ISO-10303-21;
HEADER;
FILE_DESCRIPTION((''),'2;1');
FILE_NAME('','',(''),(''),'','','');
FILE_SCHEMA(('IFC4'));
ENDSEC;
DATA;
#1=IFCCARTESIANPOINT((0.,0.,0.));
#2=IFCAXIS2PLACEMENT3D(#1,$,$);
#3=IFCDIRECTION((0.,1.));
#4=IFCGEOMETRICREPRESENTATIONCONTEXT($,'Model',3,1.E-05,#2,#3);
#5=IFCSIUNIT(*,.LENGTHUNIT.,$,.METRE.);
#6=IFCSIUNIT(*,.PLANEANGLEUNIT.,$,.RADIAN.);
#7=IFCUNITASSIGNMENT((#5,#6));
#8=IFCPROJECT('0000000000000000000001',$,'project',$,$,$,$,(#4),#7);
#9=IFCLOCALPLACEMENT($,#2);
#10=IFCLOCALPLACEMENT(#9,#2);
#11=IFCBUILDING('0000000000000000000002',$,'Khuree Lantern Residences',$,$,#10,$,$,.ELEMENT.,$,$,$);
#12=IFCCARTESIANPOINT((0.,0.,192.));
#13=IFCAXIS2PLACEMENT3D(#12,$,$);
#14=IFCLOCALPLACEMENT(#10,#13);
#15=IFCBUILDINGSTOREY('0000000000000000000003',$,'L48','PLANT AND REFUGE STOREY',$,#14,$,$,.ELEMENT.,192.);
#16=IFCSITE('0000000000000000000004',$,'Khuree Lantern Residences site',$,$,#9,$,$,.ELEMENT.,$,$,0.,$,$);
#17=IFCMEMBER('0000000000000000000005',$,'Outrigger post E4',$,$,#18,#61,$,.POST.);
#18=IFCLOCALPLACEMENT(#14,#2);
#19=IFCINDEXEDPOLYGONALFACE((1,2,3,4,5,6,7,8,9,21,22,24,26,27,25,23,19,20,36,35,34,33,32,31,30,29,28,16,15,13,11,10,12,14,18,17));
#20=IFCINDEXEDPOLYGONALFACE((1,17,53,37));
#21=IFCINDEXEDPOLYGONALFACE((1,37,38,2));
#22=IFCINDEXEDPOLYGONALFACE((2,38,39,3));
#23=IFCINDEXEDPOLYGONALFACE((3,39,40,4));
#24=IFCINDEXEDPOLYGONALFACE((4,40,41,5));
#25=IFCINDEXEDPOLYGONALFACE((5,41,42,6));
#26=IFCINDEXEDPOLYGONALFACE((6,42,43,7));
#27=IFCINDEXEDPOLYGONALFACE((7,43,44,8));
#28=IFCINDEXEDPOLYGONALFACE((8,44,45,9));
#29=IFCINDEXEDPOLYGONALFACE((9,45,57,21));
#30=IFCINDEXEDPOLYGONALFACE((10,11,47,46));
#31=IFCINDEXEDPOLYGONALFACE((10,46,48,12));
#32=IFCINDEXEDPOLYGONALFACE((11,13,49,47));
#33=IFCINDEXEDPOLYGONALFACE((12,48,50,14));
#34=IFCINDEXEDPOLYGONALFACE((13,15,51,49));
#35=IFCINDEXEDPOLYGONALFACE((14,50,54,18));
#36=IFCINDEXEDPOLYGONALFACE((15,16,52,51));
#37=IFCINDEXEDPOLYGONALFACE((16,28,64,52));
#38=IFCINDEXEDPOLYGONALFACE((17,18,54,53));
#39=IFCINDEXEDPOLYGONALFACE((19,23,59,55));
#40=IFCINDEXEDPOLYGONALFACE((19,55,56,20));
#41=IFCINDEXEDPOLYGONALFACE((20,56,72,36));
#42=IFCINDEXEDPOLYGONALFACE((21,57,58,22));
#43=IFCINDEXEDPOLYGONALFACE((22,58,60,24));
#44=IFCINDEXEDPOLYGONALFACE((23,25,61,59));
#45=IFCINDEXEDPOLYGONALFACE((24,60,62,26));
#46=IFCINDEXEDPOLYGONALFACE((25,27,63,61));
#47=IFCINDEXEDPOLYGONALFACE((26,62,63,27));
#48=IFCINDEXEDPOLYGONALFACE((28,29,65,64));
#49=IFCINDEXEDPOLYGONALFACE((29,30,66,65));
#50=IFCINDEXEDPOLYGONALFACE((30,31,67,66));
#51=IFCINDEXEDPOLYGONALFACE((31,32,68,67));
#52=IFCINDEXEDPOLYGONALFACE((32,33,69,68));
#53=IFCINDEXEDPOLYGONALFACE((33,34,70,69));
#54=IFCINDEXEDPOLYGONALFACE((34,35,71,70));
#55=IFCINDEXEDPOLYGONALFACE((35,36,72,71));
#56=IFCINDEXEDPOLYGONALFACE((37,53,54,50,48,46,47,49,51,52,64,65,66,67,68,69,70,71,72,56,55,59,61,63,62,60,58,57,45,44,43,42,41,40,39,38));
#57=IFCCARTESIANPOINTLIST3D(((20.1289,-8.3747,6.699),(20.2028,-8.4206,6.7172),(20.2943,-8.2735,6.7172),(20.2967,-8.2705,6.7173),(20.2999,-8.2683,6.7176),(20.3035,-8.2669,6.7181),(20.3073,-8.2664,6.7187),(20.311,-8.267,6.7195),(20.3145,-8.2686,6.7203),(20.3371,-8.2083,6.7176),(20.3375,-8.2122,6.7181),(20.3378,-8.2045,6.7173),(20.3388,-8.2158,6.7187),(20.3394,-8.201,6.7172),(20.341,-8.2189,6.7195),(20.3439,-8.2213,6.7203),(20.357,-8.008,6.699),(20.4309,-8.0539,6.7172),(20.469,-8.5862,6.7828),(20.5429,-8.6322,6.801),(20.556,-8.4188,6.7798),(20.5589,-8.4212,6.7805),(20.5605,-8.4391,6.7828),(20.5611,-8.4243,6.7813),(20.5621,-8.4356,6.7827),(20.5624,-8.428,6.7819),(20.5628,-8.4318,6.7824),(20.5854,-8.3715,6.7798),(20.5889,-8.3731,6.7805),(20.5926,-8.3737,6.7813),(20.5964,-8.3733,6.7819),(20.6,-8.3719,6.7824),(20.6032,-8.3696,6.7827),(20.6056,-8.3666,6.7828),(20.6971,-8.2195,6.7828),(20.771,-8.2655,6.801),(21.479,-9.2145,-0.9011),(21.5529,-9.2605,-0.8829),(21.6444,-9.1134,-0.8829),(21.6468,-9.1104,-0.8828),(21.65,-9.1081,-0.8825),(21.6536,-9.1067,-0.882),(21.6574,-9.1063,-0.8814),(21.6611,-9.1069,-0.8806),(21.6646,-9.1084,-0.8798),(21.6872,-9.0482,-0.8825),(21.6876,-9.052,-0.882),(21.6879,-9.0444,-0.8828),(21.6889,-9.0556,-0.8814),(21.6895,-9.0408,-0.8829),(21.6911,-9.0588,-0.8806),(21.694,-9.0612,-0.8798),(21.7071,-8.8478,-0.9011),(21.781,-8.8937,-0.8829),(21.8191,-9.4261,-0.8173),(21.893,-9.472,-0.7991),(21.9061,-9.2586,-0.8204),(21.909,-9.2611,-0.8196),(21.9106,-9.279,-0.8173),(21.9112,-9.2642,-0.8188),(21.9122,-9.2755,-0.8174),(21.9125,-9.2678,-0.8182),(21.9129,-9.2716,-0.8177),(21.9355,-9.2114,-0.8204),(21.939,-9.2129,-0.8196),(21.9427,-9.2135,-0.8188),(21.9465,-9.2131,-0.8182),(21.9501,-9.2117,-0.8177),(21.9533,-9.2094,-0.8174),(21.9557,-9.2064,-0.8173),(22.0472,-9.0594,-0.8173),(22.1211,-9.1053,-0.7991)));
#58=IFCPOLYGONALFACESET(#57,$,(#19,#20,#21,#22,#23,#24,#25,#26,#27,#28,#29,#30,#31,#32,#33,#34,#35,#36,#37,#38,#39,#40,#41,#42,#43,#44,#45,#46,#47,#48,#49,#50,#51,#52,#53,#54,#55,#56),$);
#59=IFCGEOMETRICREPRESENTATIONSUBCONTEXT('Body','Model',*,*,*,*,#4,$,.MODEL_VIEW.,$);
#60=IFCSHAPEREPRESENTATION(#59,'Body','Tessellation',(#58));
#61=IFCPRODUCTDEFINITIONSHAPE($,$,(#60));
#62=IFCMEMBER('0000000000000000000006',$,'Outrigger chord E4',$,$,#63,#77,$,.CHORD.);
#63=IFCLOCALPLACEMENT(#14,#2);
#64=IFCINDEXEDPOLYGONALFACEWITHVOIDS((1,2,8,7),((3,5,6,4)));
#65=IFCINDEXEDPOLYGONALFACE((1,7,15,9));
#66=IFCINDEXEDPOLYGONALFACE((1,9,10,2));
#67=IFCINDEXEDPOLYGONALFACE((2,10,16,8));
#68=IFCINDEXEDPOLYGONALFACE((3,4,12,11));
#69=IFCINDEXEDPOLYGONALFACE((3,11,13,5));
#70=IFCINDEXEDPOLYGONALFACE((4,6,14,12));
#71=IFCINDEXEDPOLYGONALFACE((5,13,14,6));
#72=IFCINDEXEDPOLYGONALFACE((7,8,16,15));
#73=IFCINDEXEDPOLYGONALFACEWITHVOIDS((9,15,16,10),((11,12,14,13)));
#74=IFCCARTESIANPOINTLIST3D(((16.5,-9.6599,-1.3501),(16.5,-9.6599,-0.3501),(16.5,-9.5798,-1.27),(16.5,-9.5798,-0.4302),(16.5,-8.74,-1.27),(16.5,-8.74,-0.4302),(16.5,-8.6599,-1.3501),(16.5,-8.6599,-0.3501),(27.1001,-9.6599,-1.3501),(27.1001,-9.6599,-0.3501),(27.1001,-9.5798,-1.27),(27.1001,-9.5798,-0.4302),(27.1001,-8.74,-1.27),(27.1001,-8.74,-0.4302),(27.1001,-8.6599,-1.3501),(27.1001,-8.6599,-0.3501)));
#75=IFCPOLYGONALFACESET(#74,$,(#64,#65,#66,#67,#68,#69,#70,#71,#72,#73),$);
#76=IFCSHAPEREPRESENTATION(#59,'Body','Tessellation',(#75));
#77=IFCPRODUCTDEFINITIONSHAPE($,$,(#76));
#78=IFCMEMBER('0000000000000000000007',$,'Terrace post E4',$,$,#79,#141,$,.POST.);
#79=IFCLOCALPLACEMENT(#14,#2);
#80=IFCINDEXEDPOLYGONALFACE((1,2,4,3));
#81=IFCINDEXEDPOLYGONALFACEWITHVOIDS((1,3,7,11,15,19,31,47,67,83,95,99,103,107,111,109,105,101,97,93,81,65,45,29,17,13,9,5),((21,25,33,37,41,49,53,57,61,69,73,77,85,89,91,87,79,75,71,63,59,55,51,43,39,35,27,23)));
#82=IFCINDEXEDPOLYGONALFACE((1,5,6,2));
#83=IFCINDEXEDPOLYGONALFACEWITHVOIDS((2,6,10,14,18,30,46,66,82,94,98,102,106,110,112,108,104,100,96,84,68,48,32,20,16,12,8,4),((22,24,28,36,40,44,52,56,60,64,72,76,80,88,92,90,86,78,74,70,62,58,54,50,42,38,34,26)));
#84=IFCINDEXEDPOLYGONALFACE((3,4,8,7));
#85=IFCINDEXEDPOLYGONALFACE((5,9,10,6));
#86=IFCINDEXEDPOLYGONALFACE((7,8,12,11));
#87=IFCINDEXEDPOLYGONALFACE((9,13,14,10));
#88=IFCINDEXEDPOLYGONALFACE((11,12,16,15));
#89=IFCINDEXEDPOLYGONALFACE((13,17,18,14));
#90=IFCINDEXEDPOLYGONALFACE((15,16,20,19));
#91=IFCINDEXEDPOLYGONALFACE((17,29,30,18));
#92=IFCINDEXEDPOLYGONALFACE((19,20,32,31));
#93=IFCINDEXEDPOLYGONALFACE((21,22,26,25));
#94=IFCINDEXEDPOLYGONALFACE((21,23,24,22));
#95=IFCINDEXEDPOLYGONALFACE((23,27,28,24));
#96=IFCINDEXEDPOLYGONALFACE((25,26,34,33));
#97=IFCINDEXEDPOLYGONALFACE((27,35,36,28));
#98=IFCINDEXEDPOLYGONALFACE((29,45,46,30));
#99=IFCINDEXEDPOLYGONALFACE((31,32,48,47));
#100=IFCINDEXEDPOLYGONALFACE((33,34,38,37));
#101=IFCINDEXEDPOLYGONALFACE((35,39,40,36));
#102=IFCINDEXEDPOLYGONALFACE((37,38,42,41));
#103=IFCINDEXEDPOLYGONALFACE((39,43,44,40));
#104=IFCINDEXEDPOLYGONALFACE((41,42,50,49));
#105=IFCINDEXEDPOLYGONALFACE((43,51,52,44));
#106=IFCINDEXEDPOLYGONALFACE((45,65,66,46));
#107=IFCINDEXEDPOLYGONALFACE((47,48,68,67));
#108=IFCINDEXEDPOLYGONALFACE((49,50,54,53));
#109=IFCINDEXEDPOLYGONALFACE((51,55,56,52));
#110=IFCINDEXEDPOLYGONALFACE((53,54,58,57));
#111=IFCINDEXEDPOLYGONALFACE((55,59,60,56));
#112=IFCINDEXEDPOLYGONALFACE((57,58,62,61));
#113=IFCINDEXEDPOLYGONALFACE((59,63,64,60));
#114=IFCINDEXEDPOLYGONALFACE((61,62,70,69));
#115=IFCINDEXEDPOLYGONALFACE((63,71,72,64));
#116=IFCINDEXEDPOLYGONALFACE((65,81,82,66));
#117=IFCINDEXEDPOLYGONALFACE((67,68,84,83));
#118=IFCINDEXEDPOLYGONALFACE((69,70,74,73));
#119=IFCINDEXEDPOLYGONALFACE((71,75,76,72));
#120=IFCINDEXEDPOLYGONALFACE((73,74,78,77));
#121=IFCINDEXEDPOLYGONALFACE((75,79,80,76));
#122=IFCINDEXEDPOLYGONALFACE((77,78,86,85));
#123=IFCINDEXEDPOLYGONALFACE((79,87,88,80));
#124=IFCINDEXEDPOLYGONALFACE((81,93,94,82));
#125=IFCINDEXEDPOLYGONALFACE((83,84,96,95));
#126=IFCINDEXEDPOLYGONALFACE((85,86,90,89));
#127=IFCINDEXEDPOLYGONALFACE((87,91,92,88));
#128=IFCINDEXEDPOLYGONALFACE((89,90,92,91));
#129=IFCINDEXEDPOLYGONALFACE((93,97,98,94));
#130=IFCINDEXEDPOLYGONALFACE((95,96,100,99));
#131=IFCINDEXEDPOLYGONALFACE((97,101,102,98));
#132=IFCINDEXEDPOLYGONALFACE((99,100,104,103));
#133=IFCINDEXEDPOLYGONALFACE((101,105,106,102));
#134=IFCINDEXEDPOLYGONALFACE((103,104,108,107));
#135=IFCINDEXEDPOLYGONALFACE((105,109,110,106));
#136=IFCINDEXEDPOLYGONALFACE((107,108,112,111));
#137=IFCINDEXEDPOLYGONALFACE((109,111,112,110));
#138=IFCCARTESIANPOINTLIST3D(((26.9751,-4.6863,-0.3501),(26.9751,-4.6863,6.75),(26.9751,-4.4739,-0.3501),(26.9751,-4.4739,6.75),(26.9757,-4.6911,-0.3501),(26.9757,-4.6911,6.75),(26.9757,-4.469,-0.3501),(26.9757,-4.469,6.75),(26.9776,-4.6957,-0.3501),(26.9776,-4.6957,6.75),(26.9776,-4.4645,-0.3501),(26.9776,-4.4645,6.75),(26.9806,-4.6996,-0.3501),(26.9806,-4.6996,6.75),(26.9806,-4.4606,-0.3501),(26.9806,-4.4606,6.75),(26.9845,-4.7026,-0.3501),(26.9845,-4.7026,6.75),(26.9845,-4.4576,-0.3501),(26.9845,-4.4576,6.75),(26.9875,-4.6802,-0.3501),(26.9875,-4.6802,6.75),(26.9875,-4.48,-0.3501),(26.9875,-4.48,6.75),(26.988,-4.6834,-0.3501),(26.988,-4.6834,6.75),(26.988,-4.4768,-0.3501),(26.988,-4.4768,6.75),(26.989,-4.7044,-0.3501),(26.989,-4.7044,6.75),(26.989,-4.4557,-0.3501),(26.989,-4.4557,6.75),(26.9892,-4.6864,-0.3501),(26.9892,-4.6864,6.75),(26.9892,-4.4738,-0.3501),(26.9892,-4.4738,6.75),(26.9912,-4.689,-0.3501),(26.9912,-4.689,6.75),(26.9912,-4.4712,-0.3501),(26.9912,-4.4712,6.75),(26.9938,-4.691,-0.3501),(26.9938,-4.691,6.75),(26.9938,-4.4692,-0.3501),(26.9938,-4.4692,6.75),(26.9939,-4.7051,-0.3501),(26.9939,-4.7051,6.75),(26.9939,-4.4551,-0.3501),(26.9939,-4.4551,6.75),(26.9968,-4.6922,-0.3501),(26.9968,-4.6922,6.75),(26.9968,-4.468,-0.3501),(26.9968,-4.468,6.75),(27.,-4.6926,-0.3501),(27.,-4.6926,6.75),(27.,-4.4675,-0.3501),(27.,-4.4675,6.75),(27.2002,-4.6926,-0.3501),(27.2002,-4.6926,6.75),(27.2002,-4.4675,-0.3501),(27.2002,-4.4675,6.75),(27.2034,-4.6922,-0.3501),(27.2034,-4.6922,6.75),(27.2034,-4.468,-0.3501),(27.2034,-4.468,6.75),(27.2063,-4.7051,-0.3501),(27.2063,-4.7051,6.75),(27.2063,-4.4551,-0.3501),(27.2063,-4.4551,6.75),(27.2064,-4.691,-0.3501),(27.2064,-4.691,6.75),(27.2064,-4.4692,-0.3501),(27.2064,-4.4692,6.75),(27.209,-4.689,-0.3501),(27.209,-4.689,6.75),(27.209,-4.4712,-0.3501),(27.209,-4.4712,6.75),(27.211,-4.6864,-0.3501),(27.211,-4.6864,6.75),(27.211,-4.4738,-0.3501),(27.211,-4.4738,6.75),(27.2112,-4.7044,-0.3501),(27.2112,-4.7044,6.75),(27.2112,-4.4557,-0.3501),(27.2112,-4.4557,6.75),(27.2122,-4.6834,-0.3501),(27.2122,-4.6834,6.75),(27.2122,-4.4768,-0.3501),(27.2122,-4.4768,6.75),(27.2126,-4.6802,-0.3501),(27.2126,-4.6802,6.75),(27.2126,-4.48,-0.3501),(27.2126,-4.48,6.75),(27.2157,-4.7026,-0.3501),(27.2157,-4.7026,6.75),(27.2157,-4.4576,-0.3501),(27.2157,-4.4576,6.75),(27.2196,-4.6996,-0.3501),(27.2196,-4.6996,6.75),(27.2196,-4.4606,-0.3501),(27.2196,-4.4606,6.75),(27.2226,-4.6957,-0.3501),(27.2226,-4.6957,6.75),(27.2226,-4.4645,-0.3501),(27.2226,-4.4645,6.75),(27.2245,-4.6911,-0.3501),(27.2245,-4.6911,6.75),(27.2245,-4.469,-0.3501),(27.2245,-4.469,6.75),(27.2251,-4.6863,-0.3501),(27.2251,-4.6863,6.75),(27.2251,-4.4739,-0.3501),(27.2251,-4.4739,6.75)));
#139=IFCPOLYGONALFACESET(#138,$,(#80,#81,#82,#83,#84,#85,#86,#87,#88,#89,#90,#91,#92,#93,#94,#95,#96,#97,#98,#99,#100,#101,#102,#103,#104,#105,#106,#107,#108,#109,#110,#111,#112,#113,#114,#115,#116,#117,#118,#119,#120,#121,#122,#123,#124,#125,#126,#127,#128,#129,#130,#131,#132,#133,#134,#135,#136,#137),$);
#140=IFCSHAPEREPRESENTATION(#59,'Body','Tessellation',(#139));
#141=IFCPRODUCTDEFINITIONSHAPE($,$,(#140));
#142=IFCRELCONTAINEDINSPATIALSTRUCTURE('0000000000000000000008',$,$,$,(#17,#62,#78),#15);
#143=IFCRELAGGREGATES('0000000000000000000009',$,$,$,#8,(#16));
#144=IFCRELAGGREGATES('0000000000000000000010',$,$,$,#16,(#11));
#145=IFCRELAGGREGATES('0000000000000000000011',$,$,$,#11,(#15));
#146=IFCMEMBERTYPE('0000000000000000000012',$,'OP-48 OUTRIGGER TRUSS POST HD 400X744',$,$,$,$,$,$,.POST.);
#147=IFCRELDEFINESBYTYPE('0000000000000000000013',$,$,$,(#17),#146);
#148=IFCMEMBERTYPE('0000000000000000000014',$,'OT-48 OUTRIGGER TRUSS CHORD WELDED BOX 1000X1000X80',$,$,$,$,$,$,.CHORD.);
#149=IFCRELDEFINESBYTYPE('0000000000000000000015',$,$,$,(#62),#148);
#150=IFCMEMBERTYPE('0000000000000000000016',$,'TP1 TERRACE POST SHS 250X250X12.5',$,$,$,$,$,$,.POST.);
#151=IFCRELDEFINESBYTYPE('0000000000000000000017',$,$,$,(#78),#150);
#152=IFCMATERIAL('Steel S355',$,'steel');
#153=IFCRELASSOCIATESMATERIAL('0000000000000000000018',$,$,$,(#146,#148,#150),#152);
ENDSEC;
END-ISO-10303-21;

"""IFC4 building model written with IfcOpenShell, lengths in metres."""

from ifc_helpers import new_model, si_unit, direction, frame, origin, origin_2d, place, context, subcontext, project, spatial, hollow_rectangle, i_section, extrude, material, material_profile, profile_set, type_object, element, save


model = new_model("IFC4")

# Units and contexts
model_context = context("Model", 3, precision=1e-05, world=origin(), true_north=direction((0.0, 1.0)))
body_context = subcontext(model_context, "Body", "Model", "MODEL_VIEW")
ifc_project = project(units=[si_unit("LENGTHUNIT", "METRE"), si_unit("PLANEANGLEUNIT", "RADIAN")], contexts=[model_context])

# Site, building, storey
site_placement = place(None, origin())
site = spatial("IfcSite", under=ifc_project, at=site_placement, Name="Khuree Lantern Residences site", CompositionType="ELEMENT", RefElevation=0.0)
building_placement = place(site_placement, origin())
building = spatial("IfcBuilding", under=site, at=building_placement, Name="Khuree Lantern Residences", CompositionType="ELEMENT")
storey_placement = place(building_placement, frame((0.0, 0.0, 192.0)))
storey = spatial("IfcBuildingStorey", under=building, at=storey_placement, Name="L48", Description="PLANT AND REFUGE STOREY", CompositionType="ELEMENT", Elevation=192.0)

# Shared definitions
ifc_material_1 = material(Name="Steel S355", Category="steel")

# Members
ifc_material_profile_1 = material_profile(ifc_material_1, i_section(OverallWidth=0.4319, OverallDepth=0.498, WebThickness=0.0557, FlangeThickness=0.0889, FilletRadius=0.0149, at=origin_2d()), Name="HD 400X744")
ifc_profile_set_1 = profile_set([ifc_material_profile_1], Name="Steel S355")
member_type_1 = type_object("IfcMemberType", Name="OP-48 OUTRIGGER TRUSS POST HD 400X744", PredefinedType="POST", material=ifc_profile_set_1)
member_1_placement = place(storey_placement, frame((21.8, -9.1599, -0.8501), z_axis=(-0.173878, 0.108163, 0.978809), x_axis=(-0.528203, -0.849118, 0.0)))
element("IfcMember", 1, at=member_1_placement, inside=storey, type_object=member_type_1, Name="Outrigger post E4", PredefinedType="POST", context=body_context, shape_type="SweptSolid", body=[
    extrude(i_section(OverallWidth=0.4319, OverallDepth=0.498, WebThickness=0.0557, FlangeThickness=0.0889, FilletRadius=0.0149, at=origin_2d()), origin(), (0.0, 0.0, 1.0), 7.7646),
])
ifc_material_profile_2 = material_profile(ifc_material_1, hollow_rectangle(XDim=1.0, YDim=1.0, WallThickness=0.0801, at=origin_2d()), Name="WELDED BOX 1000X1000X80")
ifc_profile_set_2 = profile_set([ifc_material_profile_2], Name="Steel S355")
member_type_2 = type_object("IfcMemberType", Name="OT-48 OUTRIGGER TRUSS CHORD WELDED BOX 1000X1000X80", PredefinedType="CHORD", material=ifc_profile_set_2)
member_2_placement = place(storey_placement, frame((27.1001, -9.1599, -0.8501), z_axis=(-1.0, 0.0, 0.0), x_axis=(0.0, -1.0, 0.0)))
element("IfcMember", 2, at=member_2_placement, inside=storey, type_object=member_type_2, Name="Outrigger chord E4", PredefinedType="CHORD", context=body_context, shape_type="SweptSolid", body=[
    extrude(hollow_rectangle(XDim=1.0, YDim=1.0, WallThickness=0.0801, at=origin_2d()), origin(), (0.0, 0.0, 1.0), 10.6001),
])
ifc_material_profile_3 = material_profile(ifc_material_1, hollow_rectangle(XDim=0.25, YDim=0.25, WallThickness=0.0125, InnerFilletRadius=0.0125, OuterFilletRadius=0.0188, at=origin_2d()), Name="SHS 250X250X12.5")
ifc_profile_set_3 = profile_set([ifc_material_profile_3], Name="Steel S355")
member_type_3 = type_object("IfcMemberType", Name="TP1 TERRACE POST SHS 250X250X12.5", PredefinedType="POST", material=ifc_profile_set_3)
for number, where, z_axis, x_axis, name in (
    (3, (27.1001, -4.5801, -0.3501), (0.0, 0.0, 1.0), (1.0, 0.0, 0.0), "Terrace post E4"),
):
    element("IfcMember", number, at=place(storey_placement, frame(where, z_axis=z_axis, x_axis=x_axis)), inside=storey, type_object=member_type_3, Name=name, PredefinedType="POST", context=body_context, shape_type="SweptSolid", body=[
        extrude(hollow_rectangle(XDim=0.25, YDim=0.25, WallThickness=0.0125, InnerFilletRadius=0.0125, OuterFilletRadius=0.0188, at=origin_2d()), origin(), (0.0, 0.0, 1.0), 7.1001),
    ])

save(model, "model.ifc")
